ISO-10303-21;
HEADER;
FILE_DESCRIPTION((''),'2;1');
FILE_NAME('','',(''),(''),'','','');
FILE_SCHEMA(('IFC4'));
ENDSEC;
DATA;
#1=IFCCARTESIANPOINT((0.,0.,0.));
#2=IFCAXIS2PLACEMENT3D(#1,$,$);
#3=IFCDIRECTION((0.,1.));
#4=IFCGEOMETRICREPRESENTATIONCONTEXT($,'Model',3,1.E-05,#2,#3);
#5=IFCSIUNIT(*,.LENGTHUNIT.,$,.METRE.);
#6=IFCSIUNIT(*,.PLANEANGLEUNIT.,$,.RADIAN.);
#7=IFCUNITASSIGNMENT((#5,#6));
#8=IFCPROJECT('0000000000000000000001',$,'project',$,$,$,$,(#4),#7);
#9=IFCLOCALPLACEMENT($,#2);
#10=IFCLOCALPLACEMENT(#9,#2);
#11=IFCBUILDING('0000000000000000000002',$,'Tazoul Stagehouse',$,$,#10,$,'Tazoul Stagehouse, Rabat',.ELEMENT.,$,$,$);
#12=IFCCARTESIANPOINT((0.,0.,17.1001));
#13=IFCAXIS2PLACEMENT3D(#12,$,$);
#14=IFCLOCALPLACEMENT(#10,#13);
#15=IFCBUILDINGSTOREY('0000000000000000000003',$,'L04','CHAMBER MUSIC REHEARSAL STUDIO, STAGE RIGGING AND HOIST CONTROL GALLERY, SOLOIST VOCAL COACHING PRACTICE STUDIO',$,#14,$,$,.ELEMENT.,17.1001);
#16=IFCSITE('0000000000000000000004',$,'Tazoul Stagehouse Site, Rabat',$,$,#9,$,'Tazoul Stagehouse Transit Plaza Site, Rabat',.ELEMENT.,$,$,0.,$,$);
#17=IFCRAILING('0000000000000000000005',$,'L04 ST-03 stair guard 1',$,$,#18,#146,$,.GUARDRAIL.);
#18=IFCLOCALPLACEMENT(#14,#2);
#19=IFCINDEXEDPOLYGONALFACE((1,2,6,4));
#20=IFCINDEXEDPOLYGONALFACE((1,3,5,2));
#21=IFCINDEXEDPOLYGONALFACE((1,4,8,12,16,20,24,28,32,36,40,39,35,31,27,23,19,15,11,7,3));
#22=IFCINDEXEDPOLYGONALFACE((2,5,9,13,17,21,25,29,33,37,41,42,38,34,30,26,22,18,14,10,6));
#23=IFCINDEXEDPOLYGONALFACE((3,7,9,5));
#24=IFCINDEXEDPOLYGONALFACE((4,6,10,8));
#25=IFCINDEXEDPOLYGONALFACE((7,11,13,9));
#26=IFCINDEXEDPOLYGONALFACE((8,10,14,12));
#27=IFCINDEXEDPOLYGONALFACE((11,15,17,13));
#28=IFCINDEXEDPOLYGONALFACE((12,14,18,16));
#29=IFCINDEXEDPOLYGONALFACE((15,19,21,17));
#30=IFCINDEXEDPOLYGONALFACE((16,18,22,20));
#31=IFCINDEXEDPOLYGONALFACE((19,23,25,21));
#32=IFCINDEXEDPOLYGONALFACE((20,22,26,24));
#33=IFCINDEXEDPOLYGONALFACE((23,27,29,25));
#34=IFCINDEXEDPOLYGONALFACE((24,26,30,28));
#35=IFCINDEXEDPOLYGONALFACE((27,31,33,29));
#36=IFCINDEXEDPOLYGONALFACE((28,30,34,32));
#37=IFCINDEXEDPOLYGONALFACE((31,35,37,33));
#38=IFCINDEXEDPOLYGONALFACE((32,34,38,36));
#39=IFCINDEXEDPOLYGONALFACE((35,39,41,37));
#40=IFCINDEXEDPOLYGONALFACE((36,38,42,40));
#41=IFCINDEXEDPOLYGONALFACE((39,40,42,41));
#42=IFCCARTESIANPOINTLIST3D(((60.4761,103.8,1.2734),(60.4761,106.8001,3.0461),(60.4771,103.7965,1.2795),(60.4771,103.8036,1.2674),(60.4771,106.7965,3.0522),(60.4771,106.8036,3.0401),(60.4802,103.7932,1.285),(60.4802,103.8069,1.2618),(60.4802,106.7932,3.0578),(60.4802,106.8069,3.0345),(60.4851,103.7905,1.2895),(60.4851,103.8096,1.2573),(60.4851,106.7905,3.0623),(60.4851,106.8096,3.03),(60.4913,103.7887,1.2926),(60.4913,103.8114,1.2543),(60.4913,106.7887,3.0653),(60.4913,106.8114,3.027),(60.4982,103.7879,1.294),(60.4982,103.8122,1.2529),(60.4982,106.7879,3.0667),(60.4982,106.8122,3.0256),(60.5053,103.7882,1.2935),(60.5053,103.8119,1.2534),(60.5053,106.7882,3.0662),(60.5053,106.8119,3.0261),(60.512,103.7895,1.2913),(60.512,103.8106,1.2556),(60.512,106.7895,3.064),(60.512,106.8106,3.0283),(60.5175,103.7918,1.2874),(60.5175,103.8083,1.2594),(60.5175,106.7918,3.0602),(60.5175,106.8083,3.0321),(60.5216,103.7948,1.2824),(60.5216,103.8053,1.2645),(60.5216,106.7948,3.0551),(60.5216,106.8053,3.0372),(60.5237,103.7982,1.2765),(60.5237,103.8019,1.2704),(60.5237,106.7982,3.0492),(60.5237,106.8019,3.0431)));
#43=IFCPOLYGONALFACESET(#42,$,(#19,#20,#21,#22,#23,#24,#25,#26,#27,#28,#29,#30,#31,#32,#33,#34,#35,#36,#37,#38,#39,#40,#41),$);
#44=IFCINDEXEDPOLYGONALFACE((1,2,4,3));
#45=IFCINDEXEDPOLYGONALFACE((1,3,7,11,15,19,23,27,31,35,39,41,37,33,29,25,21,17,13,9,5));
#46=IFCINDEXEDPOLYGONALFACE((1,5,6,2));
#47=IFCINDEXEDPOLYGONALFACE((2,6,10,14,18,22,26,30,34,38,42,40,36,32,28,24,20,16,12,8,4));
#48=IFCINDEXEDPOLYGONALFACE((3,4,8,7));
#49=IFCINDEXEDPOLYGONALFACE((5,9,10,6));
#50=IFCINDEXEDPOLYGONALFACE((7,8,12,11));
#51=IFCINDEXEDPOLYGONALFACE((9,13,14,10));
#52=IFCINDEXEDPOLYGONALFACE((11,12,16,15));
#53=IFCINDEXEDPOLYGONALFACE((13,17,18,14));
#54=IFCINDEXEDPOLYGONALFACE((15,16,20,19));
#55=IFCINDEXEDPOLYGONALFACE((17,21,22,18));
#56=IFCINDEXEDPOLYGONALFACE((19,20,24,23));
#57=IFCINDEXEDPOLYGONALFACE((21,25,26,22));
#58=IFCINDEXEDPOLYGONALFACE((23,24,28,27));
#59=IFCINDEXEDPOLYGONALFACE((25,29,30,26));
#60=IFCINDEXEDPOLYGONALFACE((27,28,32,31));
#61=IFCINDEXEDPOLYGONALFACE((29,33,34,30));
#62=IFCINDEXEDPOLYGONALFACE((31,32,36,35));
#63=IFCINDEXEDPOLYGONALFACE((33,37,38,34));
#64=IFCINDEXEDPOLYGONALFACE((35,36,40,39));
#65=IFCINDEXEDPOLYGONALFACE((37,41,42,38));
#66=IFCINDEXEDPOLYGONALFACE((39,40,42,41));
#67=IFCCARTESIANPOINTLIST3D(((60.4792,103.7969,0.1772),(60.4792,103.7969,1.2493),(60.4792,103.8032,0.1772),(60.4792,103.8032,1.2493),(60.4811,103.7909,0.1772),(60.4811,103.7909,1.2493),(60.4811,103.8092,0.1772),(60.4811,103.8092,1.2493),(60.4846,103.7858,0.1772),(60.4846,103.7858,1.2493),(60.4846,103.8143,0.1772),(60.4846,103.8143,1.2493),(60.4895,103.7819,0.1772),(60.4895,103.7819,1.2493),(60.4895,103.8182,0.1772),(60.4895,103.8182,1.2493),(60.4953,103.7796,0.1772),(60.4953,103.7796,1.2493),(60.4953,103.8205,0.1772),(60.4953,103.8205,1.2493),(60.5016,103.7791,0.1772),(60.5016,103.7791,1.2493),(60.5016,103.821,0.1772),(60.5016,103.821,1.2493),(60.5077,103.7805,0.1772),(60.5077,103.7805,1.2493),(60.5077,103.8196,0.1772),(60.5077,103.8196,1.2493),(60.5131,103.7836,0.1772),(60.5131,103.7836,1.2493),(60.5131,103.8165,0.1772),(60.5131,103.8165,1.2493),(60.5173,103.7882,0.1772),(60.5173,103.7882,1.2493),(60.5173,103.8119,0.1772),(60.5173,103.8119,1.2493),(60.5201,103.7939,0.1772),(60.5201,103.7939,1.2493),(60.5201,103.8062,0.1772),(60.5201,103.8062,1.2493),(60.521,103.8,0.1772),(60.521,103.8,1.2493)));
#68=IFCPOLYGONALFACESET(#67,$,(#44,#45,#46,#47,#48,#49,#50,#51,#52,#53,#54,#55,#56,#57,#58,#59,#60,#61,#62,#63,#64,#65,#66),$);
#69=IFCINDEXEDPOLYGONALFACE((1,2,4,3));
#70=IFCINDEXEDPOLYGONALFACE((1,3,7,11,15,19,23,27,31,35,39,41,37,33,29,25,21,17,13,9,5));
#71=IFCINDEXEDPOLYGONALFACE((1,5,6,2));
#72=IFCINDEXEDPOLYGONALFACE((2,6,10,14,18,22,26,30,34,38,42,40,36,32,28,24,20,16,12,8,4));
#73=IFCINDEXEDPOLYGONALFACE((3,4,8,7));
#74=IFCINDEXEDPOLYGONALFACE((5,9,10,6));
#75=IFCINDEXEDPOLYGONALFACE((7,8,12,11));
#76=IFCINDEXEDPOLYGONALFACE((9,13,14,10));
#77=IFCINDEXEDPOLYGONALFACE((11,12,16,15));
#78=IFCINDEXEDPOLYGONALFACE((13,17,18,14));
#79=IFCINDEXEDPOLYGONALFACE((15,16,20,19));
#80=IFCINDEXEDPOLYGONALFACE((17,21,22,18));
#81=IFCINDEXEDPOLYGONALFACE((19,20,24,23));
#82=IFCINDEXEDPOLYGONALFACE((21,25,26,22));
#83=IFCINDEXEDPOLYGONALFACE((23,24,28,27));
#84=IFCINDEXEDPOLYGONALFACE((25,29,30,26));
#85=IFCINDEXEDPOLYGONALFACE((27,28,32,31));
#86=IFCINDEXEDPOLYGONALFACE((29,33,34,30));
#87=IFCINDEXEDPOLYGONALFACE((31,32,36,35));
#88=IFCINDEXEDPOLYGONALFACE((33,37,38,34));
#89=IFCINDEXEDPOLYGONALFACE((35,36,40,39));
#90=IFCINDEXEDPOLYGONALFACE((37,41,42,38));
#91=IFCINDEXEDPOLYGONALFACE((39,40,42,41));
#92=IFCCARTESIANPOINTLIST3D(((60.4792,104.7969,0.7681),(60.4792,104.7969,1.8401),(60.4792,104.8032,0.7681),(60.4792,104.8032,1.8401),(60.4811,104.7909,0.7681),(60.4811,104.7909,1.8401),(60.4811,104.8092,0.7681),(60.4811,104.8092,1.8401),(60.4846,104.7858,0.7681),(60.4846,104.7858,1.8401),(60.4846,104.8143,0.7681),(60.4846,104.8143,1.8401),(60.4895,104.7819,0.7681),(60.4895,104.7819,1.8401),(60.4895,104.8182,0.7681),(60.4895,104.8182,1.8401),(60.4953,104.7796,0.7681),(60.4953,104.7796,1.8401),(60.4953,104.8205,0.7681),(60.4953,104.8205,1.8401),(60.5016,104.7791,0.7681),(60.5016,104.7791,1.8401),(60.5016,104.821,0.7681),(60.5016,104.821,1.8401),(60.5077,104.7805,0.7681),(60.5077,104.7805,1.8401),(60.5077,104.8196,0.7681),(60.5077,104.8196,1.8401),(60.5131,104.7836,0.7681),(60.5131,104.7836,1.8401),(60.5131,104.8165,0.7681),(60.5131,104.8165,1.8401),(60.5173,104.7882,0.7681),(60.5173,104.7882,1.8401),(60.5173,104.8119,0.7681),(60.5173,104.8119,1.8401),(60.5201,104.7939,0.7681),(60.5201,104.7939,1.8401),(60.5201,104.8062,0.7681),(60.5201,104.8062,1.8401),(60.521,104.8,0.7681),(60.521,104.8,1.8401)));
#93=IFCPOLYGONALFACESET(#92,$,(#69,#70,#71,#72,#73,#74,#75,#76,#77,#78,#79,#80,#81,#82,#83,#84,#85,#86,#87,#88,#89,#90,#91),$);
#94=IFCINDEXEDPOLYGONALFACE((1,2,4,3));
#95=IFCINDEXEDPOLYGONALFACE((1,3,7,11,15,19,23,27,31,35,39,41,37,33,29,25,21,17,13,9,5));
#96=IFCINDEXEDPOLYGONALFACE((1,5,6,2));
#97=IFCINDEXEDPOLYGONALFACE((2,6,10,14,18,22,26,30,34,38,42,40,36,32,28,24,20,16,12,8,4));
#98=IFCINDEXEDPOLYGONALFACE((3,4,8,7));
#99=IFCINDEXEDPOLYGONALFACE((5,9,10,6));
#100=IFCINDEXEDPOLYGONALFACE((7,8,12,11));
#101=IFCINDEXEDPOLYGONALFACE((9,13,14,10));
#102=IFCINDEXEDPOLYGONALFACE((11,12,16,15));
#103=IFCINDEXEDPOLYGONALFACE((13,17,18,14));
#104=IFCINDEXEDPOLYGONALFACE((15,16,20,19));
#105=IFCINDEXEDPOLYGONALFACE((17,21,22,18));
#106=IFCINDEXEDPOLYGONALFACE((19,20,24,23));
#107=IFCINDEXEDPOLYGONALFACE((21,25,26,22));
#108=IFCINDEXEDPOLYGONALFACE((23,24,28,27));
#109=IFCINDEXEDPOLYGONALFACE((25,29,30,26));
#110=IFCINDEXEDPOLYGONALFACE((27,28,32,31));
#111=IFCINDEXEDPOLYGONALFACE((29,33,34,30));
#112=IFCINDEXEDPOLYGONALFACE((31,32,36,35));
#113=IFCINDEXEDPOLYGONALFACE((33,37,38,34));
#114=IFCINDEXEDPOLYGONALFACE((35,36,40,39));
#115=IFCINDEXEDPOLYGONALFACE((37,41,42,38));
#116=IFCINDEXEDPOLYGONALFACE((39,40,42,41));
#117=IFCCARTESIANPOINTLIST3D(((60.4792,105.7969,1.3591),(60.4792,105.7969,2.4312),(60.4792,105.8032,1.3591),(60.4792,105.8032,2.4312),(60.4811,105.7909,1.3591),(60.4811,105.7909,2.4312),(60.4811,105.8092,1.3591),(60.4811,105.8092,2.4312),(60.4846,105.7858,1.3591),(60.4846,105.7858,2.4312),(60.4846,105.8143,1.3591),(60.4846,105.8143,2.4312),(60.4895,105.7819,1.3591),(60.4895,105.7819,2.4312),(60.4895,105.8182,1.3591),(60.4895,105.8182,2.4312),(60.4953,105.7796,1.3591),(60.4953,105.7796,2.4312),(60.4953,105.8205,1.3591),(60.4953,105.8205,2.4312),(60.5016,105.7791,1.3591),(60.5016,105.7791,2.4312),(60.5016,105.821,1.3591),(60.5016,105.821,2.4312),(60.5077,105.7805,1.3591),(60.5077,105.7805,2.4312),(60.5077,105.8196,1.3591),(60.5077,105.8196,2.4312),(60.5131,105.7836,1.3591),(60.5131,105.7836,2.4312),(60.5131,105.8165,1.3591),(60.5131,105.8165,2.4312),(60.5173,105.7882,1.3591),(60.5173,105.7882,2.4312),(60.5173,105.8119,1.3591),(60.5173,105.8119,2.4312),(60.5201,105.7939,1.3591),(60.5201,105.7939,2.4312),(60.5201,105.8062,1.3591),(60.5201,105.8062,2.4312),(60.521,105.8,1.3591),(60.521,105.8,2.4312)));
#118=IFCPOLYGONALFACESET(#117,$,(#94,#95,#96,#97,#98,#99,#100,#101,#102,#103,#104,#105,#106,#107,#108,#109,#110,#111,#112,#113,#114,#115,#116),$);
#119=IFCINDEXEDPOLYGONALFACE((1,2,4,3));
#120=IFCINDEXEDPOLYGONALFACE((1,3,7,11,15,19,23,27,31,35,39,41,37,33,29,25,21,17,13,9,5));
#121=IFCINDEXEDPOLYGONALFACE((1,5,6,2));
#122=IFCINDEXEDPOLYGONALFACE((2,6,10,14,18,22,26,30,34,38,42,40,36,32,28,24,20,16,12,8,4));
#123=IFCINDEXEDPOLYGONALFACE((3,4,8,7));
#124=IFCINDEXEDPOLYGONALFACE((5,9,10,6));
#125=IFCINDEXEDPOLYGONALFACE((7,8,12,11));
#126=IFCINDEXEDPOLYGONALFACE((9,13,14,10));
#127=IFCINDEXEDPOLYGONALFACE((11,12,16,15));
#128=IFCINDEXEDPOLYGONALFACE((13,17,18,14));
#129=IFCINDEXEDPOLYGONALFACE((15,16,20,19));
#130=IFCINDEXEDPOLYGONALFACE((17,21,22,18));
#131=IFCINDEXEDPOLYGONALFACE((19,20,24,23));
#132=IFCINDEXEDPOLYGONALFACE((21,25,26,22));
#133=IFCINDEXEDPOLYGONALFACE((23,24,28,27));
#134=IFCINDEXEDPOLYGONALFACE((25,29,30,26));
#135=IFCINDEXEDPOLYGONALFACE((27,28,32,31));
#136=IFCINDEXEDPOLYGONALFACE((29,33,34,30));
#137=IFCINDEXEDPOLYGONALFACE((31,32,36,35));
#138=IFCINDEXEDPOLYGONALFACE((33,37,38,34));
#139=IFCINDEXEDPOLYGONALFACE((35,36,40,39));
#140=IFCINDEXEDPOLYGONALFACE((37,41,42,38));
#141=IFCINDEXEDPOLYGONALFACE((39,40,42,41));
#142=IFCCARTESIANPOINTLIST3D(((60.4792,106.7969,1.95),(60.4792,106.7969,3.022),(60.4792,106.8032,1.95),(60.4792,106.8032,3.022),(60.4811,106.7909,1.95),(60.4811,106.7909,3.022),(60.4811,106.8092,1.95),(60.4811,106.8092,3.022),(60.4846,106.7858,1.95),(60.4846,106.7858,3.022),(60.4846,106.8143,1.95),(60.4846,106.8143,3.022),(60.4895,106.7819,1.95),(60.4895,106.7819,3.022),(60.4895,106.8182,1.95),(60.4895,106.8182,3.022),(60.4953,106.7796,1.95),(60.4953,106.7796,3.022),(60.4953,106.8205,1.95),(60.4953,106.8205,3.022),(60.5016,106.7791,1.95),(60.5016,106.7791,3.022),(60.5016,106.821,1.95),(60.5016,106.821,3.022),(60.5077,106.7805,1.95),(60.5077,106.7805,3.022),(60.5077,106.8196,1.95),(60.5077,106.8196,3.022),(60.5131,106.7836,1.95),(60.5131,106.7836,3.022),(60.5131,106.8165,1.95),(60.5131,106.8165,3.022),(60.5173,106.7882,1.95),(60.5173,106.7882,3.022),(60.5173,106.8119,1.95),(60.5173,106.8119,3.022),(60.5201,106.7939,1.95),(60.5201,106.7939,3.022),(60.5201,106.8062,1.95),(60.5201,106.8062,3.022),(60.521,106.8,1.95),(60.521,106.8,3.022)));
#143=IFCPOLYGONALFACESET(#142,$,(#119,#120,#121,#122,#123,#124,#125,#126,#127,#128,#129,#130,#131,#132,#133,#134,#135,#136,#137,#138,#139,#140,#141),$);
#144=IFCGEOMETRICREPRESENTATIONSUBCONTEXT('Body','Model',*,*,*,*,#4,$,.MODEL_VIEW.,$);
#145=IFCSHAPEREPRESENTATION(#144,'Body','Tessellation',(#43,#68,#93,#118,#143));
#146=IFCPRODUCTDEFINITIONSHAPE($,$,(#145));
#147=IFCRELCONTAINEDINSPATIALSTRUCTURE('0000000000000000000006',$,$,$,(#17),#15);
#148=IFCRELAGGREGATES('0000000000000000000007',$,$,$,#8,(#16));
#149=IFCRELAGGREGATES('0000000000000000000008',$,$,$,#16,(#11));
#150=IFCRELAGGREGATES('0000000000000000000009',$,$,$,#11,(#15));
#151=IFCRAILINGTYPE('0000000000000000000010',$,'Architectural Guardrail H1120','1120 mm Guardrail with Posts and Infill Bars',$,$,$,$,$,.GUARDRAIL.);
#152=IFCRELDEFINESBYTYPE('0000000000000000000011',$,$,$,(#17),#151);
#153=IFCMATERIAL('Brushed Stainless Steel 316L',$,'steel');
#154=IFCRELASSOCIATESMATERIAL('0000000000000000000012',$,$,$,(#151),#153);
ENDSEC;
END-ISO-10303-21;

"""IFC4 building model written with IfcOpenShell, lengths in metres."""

from ifc_helpers import new_model, si_unit, direction, frame, origin, origin_2d, place, context, subcontext, project, spatial, circle, extrude, material, material_profile, profile_set, type_object, element, save


model = new_model("IFC4")

# Units and contexts
model_context = context("Model", 3, precision=1e-05, world=origin(), true_north=direction((0.0, 1.0)))
body_context = subcontext(model_context, "Body", "Model", "MODEL_VIEW")
ifc_project = project(units=[si_unit("LENGTHUNIT", "METRE"), si_unit("PLANEANGLEUNIT", "RADIAN")], contexts=[model_context])

# Site, building, storey
site_placement = place(None, origin())
site = spatial("IfcSite", under=ifc_project, at=site_placement, Name="Tazoul Stagehouse Site, Rabat", LongName="Tazoul Stagehouse Transit Plaza Site, Rabat", CompositionType="ELEMENT", RefElevation=0.0)
building_placement = place(site_placement, origin())
building = spatial("IfcBuilding", under=site, at=building_placement, Name="Tazoul Stagehouse", LongName="Tazoul Stagehouse, Rabat", CompositionType="ELEMENT")
storey_placement = place(building_placement, frame((0.0, 0.0, 17.1001)))
storey = spatial("IfcBuildingStorey", under=building, at=storey_placement, Name="L04", Description="CHAMBER MUSIC REHEARSAL STUDIO, STAGE RIGGING AND HOIST CONTROL GALLERY, SOLOIST VOCAL COACHING PRACTICE STUDIO", CompositionType="ELEMENT", Elevation=17.1001)

# Railing
ifc_material_1 = material(Name="Brushed Stainless Steel 316L", Category="steel")
ifc_material_profile_1 = material_profile(ifc_material_1, circle(Radius=0.0239, at=origin_2d()), Name="SS RAIL D48")
ifc_profile_set_1 = profile_set([ifc_material_profile_1], Name="Brushed Stainless Steel 316L")
railing_type_1 = type_object("IfcRailingType", Name="Architectural Guardrail H1120", Description="1120 mm Guardrail with Posts and Infill Bars", PredefinedType="GUARDRAIL", material=ifc_profile_set_1)
railing_1_placement = place(storey_placement, frame((60.5, 103.8, 0.1772)))
element("IfcRailing", 1, at=railing_1_placement, inside=storey, type_object=railing_type_1, Name="L04 ST-03 stair guard 1", PredefinedType="GUARDRAIL", context=body_context, shape_type="SweptSolid", body=[
    extrude(circle(Radius=0.0239, at=origin_2d()), frame((0.0, 0.0, 1.0962), z_axis=(0.0, 0.860929, 0.508725), x_axis=(-1.0, 0.0, 0.0)), (0.0, 0.0, 1.0), 3.4846),
    extrude(circle(Radius=0.021, at=origin_2d()), origin(), (0.0, 0.0, 1.0), 1.072),
    extrude(circle(Radius=0.021, at=origin_2d()), frame((0.0, 1.0, 0.5908)), (0.0, 0.0, 1.0), 1.072),
    extrude(circle(Radius=0.021, at=origin_2d()), frame((0.0, 2.0, 1.1819)), (0.0, 0.0, 1.0), 1.072),
    extrude(circle(Radius=0.021, at=origin_2d()), frame((0.0, 3.0, 1.7727)), (0.0, 0.0, 1.0), 1.072),
])

save(model, "model.ifc")
